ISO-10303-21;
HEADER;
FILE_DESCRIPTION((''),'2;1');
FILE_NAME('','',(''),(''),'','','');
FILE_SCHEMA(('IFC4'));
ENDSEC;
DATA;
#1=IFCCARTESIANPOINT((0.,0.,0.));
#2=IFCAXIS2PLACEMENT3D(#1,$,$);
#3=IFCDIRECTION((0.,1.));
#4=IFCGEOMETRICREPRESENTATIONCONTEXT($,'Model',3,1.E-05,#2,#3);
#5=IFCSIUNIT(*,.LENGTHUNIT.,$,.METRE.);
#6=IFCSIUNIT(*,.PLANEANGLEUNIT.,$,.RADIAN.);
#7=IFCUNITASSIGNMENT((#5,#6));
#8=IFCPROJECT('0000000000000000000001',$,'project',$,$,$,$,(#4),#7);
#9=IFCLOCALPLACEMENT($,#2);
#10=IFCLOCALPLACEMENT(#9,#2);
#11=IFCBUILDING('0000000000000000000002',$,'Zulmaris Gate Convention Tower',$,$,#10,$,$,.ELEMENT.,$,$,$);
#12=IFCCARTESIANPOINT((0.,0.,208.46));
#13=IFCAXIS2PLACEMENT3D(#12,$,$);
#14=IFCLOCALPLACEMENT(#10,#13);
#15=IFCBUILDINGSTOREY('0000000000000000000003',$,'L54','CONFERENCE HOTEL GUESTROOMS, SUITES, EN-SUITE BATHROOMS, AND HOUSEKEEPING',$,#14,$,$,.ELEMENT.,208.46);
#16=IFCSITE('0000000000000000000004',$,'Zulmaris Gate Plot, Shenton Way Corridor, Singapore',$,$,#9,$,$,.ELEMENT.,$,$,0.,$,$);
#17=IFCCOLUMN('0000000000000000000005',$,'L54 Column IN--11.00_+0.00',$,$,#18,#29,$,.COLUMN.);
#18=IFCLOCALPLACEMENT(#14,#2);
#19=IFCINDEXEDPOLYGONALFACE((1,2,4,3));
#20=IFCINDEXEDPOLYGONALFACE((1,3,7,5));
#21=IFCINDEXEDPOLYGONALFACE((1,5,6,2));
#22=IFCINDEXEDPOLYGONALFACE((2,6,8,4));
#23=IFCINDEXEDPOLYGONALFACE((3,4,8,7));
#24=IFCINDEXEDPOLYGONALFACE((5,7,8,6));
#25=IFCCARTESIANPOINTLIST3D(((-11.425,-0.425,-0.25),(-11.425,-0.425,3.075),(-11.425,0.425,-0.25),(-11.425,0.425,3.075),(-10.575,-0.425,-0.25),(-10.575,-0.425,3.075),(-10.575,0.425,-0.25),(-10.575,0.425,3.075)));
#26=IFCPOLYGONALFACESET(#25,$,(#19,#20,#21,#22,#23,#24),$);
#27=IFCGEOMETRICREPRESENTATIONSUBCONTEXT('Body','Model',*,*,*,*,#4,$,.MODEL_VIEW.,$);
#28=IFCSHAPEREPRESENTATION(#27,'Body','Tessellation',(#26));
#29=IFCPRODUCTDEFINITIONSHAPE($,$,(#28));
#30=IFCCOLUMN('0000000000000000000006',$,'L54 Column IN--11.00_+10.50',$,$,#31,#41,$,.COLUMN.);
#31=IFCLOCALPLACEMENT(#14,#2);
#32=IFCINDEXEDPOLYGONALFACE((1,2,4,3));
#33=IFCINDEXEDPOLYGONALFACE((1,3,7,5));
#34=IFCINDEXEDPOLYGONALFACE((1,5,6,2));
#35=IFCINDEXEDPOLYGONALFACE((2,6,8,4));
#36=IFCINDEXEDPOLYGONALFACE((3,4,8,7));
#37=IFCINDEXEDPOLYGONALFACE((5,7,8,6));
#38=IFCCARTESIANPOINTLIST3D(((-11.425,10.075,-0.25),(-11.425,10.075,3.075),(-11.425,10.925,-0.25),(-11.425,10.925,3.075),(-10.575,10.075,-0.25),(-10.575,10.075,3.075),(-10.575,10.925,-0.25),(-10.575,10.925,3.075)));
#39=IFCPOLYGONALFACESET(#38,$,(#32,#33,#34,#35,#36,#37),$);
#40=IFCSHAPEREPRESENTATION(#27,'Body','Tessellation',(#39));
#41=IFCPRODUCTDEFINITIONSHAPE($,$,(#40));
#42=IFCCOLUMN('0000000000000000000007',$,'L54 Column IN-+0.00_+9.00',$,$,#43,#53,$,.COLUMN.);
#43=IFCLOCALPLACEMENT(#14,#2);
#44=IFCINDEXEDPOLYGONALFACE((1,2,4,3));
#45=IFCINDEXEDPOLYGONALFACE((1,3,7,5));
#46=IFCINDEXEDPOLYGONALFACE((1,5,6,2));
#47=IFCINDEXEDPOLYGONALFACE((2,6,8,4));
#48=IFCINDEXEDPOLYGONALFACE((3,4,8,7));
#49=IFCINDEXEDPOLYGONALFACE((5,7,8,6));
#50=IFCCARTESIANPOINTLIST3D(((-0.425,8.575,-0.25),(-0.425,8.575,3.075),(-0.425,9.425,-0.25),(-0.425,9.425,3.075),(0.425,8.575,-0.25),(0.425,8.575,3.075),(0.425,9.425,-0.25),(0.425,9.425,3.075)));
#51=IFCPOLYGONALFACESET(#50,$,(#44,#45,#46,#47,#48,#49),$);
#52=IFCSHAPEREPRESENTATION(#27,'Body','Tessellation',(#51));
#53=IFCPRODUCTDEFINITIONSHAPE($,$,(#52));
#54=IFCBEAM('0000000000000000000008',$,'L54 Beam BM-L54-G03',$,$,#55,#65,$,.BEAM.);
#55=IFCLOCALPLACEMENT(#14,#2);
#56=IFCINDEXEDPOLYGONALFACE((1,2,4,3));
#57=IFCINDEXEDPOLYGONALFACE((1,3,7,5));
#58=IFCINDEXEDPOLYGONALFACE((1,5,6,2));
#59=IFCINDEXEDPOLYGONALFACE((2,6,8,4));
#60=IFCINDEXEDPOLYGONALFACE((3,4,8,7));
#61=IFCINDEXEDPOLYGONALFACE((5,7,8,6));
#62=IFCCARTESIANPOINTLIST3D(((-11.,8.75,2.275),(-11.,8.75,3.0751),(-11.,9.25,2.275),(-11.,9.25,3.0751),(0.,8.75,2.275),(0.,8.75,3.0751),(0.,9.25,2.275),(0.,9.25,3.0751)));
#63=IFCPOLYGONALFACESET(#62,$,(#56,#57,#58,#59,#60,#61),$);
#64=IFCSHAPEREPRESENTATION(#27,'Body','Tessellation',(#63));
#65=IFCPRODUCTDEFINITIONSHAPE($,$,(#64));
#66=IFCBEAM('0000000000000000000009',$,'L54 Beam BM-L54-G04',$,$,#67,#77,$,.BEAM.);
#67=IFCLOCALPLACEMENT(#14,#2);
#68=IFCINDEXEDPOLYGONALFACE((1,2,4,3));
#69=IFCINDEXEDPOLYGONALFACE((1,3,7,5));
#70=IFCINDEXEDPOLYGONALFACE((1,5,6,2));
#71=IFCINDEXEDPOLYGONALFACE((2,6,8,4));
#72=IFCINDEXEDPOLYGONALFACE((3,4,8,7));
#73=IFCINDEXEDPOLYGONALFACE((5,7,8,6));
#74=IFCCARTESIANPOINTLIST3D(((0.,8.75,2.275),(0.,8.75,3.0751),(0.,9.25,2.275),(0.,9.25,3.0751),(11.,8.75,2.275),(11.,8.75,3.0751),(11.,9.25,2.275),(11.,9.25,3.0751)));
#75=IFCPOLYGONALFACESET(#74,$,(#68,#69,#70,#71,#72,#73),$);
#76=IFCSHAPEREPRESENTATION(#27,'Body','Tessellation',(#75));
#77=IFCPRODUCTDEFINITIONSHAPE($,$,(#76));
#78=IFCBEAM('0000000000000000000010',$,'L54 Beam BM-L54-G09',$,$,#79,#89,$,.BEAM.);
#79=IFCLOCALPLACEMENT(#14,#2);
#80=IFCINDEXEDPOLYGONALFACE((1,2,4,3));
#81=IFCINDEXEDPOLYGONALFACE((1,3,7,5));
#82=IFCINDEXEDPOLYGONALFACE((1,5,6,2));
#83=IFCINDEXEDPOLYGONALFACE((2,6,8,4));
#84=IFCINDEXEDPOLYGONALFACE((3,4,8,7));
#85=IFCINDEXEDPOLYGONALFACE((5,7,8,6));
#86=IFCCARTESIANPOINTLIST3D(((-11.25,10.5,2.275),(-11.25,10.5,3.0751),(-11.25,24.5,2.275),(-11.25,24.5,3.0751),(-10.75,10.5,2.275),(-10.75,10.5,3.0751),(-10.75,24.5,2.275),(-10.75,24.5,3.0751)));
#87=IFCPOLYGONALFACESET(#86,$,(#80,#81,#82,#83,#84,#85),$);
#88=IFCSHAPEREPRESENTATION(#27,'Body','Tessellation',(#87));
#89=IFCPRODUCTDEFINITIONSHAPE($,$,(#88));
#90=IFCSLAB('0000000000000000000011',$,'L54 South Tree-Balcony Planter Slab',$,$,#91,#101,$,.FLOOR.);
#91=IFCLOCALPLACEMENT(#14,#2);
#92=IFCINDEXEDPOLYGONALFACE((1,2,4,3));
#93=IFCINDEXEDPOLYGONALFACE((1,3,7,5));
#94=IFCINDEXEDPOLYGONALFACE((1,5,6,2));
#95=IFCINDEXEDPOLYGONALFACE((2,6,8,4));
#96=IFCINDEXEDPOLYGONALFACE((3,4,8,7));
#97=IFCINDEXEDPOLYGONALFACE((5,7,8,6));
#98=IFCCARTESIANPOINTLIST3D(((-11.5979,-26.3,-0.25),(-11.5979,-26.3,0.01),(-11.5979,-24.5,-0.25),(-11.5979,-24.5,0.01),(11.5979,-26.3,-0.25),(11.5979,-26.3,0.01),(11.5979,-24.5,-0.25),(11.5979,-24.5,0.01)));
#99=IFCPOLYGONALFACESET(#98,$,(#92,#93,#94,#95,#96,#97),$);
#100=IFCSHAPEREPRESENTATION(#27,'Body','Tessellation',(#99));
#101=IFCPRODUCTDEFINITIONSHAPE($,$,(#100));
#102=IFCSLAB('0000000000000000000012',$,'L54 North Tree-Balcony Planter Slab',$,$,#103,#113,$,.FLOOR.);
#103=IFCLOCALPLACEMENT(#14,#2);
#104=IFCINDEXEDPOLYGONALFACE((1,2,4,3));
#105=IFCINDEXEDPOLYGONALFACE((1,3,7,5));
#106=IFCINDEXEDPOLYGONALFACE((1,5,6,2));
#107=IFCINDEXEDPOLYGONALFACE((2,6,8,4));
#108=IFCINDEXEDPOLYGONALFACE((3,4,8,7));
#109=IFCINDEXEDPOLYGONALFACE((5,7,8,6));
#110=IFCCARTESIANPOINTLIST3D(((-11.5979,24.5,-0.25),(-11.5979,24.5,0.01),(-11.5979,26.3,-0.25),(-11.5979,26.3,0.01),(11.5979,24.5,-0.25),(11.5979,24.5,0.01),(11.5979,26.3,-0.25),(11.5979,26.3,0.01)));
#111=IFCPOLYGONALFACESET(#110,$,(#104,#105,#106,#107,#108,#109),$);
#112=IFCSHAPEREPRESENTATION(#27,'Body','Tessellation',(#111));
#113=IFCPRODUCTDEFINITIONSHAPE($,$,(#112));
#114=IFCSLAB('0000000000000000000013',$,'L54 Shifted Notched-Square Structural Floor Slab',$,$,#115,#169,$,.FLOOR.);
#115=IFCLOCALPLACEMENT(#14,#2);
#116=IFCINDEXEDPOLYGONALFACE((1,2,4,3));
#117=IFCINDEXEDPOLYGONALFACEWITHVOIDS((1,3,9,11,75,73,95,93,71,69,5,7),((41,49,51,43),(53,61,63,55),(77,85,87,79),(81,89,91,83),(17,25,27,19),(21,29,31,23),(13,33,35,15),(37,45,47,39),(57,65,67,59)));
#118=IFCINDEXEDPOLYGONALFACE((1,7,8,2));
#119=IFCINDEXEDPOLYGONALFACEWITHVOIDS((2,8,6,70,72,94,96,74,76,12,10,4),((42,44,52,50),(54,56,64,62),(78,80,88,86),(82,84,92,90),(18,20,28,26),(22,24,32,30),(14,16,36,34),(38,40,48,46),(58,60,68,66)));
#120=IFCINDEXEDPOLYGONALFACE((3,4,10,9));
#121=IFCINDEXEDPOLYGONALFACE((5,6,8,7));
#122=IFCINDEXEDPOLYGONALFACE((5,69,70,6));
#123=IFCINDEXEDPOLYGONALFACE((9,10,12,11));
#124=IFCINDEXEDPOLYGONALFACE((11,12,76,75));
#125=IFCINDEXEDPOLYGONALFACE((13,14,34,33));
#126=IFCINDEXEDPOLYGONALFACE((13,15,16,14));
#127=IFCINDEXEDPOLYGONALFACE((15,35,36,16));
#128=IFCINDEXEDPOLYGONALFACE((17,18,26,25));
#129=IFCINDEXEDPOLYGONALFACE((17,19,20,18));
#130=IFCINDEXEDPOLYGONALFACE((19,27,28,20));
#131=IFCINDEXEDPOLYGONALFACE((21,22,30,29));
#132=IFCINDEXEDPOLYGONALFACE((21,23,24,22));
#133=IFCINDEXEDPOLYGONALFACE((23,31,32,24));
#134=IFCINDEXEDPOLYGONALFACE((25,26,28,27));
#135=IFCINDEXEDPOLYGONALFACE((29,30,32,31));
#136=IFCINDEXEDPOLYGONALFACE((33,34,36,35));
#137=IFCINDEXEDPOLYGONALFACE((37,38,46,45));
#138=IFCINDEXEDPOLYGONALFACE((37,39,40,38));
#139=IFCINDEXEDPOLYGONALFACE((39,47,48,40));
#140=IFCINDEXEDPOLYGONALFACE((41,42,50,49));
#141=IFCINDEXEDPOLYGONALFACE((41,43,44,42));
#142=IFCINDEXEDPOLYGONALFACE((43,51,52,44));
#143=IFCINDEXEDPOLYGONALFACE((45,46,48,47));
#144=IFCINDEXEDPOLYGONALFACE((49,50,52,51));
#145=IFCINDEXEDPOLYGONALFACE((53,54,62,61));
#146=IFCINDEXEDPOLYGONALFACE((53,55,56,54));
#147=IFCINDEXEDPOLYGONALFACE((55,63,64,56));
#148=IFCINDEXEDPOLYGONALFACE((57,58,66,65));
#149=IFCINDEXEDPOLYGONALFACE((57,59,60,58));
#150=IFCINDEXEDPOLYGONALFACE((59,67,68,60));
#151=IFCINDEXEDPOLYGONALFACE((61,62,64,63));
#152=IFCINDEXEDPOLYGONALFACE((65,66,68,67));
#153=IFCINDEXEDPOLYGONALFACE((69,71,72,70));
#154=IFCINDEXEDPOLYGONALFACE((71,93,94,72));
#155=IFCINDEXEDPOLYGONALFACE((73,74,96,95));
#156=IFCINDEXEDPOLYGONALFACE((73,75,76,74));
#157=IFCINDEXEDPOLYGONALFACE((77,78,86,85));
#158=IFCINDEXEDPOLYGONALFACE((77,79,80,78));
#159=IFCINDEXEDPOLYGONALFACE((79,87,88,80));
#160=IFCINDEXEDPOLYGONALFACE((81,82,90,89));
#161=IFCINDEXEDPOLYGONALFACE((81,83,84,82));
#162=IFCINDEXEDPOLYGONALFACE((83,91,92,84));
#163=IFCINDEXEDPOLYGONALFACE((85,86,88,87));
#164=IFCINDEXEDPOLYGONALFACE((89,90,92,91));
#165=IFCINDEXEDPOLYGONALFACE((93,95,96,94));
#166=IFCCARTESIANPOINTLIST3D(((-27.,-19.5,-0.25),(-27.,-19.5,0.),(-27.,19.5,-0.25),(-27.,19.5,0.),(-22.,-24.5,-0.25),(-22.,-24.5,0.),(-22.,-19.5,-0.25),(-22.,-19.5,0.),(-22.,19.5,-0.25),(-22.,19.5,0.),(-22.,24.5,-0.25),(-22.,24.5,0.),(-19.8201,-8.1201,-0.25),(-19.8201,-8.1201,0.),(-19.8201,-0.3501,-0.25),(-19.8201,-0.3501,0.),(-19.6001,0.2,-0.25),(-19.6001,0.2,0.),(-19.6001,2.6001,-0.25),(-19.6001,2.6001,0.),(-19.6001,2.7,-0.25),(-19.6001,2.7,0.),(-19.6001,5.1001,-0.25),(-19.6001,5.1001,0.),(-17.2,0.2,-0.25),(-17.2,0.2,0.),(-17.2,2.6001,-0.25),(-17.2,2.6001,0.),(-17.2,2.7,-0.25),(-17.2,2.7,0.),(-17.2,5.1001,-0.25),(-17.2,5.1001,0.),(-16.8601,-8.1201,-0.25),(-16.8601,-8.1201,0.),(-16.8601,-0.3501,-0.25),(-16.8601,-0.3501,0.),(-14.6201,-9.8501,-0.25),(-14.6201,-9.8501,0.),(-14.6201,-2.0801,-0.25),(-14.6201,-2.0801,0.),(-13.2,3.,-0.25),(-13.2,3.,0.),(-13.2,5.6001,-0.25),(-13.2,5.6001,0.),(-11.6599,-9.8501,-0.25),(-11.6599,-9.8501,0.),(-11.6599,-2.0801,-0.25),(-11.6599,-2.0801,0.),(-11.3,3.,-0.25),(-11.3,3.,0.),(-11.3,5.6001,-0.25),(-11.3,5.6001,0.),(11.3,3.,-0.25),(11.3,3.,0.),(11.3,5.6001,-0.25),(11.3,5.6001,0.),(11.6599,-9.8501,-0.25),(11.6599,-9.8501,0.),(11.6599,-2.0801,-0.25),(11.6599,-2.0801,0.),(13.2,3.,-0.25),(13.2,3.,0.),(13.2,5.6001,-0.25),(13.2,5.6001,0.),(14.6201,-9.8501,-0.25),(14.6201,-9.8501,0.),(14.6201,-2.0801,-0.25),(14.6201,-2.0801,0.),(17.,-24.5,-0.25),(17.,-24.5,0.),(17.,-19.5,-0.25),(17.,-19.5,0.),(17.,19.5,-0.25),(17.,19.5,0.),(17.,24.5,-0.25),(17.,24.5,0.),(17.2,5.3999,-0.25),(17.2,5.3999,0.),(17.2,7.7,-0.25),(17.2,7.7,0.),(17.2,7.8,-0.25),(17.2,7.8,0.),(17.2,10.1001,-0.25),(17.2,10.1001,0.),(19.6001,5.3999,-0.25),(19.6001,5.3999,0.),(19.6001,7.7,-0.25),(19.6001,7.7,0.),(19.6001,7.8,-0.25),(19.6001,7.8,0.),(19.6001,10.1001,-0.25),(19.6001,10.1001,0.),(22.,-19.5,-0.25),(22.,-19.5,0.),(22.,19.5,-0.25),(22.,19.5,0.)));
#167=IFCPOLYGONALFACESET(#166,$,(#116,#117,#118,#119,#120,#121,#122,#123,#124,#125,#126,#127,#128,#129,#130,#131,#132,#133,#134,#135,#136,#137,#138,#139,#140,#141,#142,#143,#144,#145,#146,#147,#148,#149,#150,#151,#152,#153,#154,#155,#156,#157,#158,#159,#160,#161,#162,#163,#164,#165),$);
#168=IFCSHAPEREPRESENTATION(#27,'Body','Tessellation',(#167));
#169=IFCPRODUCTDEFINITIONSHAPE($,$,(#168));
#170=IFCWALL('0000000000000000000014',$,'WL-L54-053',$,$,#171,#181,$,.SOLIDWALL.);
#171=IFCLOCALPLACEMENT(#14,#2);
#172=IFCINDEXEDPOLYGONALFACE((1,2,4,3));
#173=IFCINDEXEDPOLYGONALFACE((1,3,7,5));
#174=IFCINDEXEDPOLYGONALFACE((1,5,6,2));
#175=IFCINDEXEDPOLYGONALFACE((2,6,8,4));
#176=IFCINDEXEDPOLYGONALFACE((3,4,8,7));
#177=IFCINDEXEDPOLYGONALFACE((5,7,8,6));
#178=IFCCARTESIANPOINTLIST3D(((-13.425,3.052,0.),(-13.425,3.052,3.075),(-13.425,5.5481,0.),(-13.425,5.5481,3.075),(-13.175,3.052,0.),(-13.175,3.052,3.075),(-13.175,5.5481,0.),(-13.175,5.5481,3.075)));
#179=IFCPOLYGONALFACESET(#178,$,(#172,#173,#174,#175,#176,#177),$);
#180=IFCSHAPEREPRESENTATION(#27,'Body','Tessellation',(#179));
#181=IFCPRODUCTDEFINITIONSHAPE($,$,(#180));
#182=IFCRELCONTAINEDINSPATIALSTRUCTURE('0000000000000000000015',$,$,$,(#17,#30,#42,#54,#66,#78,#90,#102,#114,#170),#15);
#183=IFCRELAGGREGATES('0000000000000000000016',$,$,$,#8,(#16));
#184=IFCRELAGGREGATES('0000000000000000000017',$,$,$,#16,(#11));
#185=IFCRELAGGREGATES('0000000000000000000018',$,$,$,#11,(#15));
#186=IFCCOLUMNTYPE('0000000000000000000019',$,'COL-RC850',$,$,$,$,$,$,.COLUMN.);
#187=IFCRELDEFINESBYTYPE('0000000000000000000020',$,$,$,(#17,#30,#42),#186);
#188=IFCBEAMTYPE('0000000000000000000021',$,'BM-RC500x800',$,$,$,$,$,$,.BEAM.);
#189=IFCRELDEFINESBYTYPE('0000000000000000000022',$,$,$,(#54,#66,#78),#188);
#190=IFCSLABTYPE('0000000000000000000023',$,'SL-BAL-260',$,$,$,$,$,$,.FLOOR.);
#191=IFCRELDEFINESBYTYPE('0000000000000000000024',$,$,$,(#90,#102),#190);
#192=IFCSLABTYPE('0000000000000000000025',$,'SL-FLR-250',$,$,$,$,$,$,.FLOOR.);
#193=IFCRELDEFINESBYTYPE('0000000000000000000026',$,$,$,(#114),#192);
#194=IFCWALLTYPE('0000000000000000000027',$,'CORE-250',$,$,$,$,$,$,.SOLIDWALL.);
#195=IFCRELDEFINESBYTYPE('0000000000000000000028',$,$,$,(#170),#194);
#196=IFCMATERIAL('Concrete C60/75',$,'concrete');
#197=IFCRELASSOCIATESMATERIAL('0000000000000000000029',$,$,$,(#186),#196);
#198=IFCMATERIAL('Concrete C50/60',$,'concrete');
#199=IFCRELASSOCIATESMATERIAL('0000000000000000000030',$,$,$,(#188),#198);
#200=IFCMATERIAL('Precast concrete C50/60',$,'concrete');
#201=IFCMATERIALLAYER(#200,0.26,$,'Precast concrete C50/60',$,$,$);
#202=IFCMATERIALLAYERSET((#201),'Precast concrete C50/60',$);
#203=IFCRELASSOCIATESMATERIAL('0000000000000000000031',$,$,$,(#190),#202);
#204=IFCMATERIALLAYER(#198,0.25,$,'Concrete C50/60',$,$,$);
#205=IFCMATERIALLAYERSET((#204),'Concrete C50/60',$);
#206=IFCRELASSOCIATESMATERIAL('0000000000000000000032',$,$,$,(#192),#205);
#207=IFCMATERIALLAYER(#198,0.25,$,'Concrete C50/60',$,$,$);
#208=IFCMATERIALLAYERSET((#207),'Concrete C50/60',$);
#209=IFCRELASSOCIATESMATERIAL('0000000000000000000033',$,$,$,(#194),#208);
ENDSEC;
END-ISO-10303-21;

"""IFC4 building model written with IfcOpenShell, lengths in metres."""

from ifc_helpers import new_model, si_unit, direction, frame, frame_2d, origin, origin_2d, place, context, subcontext, project, spatial, polyline, rectangle, outline, extrude, material, layer, layer_set, material_profile, profile_set, type_object, element, save


model = new_model("IFC4")

# Units and contexts
model_context = context("Model", 3, precision=1e-05, world=origin(), true_north=direction((0.0, 1.0)))
body_context = subcontext(model_context, "Body", "Model", "MODEL_VIEW")
ifc_project = project(units=[si_unit("LENGTHUNIT", "METRE"), si_unit("PLANEANGLEUNIT", "RADIAN")], contexts=[model_context])

# Site, building, storey
site_placement = place(None, origin())
site = spatial("IfcSite", under=ifc_project, at=site_placement, Name="Zulmaris Gate Plot, Shenton Way Corridor, Singapore", CompositionType="ELEMENT", RefElevation=0.0)
building_placement = place(site_placement, origin())
building = spatial("IfcBuilding", under=site, at=building_placement, Name="Zulmaris Gate Convention Tower", CompositionType="ELEMENT")
storey_placement = place(building_placement, frame((0.0, 0.0, 208.46)))
storey = spatial("IfcBuildingStorey", under=building, at=storey_placement, Name="L54", Description="CONFERENCE HOTEL GUESTROOMS, SUITES, EN-SUITE BATHROOMS, AND HOUSEKEEPING", CompositionType="ELEMENT", Elevation=208.46)

# Columns
ifc_material_1 = material(Name="Concrete C60/75", Category="concrete")
ifc_material_profile_1 = material_profile(ifc_material_1, rectangle(XDim=0.8501, YDim=0.8501, at=origin_2d()), Name="RC COL 850x850")
ifc_profile_set_1 = profile_set([ifc_material_profile_1], Name="Concrete C60/75")
column_type = type_object("IfcColumnType", Name="COL-RC850", PredefinedType="COLUMN", material=ifc_profile_set_1)
for number, where, z_axis, x_axis, name in (
    (1, (-11.0, 0.0, -0.25), (0.0, 0.0, 1.0), (1.0, 0.0, 0.0), "L54 Column IN--11.00_+0.00"),
    (2, (-11.0, 10.5, -0.25), (0.0, 0.0, 1.0), (1.0, 0.0, 0.0), "L54 Column IN--11.00_+10.50"),
    (3, (0.0, 9.0, -0.25), (0.0, 0.0, 1.0), (1.0, 0.0, 0.0), "L54 Column IN-+0.00_+9.00"),
):
    element("IfcColumn", number, at=place(storey_placement, frame(where, z_axis=z_axis, x_axis=x_axis)), inside=storey, type_object=column_type, Name=name, PredefinedType="COLUMN", context=body_context, shape_type="SweptSolid", body=[
        extrude(rectangle(XDim=0.8501, YDim=0.8501, at=origin_2d()), origin(), (0.0, 0.0, 1.0), 3.325),
    ])

# Beams
ifc_material_2 = material(Name="Concrete C50/60", Category="concrete")
ifc_material_profile_2 = material_profile(ifc_material_2, rectangle(XDim=0.5, YDim=0.8, at=origin_2d()), Name="RC BEAM 500x800")
ifc_profile_set_2 = profile_set([ifc_material_profile_2], Name="Concrete C50/60")
beam_type = type_object("IfcBeamType", Name="BM-RC500x800", PredefinedType="BEAM", material=ifc_profile_set_2)
for number, where, z_axis, x_axis, name in (
    (4, (-11.0, 9.0, 2.675), (1.0, 0.0, 0.0), (0.0, 1.0, 0.0), "L54 Beam BM-L54-G03"),
    (5, (0.0, 9.0, 2.675), (1.0, 0.0, 0.0), (0.0, 1.0, 0.0), "L54 Beam BM-L54-G04"),
):
    element("IfcBeam", number, at=place(storey_placement, frame(where, z_axis=z_axis, x_axis=x_axis)), inside=storey, type_object=beam_type, Name=name, PredefinedType="BEAM", context=body_context, shape_type="SweptSolid", body=[
        extrude(rectangle(XDim=0.5, YDim=0.8, at=origin_2d()), origin(), (0.0, 0.0, 1.0), 11.0),
    ])
beam_placement = place(storey_placement, frame((-11.0, 10.5, 2.675), z_axis=(0.0, 1.0, 0.0), x_axis=(-1.0, 0.0, 0.0)))
element("IfcBeam", 6, at=beam_placement, inside=storey, type_object=beam_type, Name="L54 Beam BM-L54-G09", PredefinedType="BEAM", context=body_context, shape_type="SweptSolid", body=[
    extrude(rectangle(XDim=0.5, YDim=0.8, at=origin_2d()), origin(), (0.0, 0.0, 1.0), 14.0),
])

# Slabs
ifc_material_3 = material(Name="Precast concrete C50/60", Category="concrete")
ifc_layer_1 = layer(ifc_material_3, 0.26, Name="Precast concrete C50/60")
ifc_layer_set_1 = layer_set([ifc_layer_1], Name="Precast concrete C50/60")
slab_type_1 = type_object("IfcSlabType", Name="SL-BAL-260", PredefinedType="FLOOR", material=ifc_layer_set_1)
slab_1_placement = place(storey_placement, frame((0.0, 0.0, -0.25)))
element("IfcSlab", 7, at=slab_1_placement, inside=storey, type_object=slab_type_1, Name="L54 South Tree-Balcony Planter Slab", PredefinedType="FLOOR", context=body_context, shape_type="SweptSolid", body=[
    extrude(outline(polyline([(-11.5979, -26.3), (-11.5979, -24.5), (11.5979, -24.5), (11.5979, -26.3), (-11.5979, -26.3)])), origin(), (0.0, 0.0, 1.0), 0.26),
])
slab_2_placement = place(storey_placement, frame((0.0, 0.0, -0.25)))
element("IfcSlab", 8, at=slab_2_placement, inside=storey, type_object=slab_type_1, Name="L54 North Tree-Balcony Planter Slab", PredefinedType="FLOOR", context=body_context, shape_type="SweptSolid", body=[
    extrude(outline(polyline([(11.5979, 26.3), (11.5979, 24.5), (-11.5979, 24.5), (-11.5979, 26.3), (11.5979, 26.3)])), origin(), (0.0, 0.0, 1.0), 0.26),
])
ifc_layer_2 = layer(ifc_material_2, 0.25, Name="Concrete C50/60")
ifc_layer_set_2 = layer_set([ifc_layer_2], Name="Concrete C50/60")
slab_type_2 = type_object("IfcSlabType", Name="SL-FLR-250", PredefinedType="FLOOR", material=ifc_layer_set_2)
slab_3_placement = place(storey_placement, frame((0.0, 0.0, -0.25)))
element("IfcSlab", 9, at=slab_3_placement, inside=storey, type_object=slab_type_2, Name="L54 Shifted Notched-Square Structural Floor Slab", PredefinedType="FLOOR", context=body_context, shape_type="SweptSolid", body=[
    extrude(outline(polyline([(-22.0, -24.5), (17.0, -24.5), (17.0, -19.5), (22.0, -19.5), (22.0, 19.5), (17.0, 19.5), (17.0, 24.5), (-22.0, 24.5), (-22.0, 19.5), (-27.0, 19.5), (-27.0, -19.5), (-22.0, -19.5), (-22.0, -24.5)]), holes=[polyline([(-14.6201, -2.0801), (-14.6201, -9.8501), (-11.6599, -9.8501), (-11.6599, -2.0801), (-14.6201, -2.0801)]), polyline([(11.6599, -2.0801), (11.6599, -9.8501), (14.6201, -9.8501), (14.6201, -2.0801), (11.6599, -2.0801)]), polyline([(-16.8601, -8.1201), (-16.8601, -0.3501), (-19.8201, -0.3501), (-19.8201, -8.1201), (-16.8601, -8.1201)]), polyline([(-13.2, 3.0), (-11.3, 3.0), (-11.3, 5.6001), (-13.2, 5.6001), (-13.2, 3.0)]), polyline([(11.3, 3.0), (13.2, 3.0), (13.2, 5.6001), (11.3, 5.6001), (11.3, 3.0)]), polyline([(17.2, 5.3999), (19.6001, 5.3999), (19.6001, 7.7), (17.2, 7.7), (17.2, 5.3999)]), polyline([(17.2, 7.8), (19.6001, 7.8), (19.6001, 10.1001), (17.2, 10.1001), (17.2, 7.8)]), polyline([(-19.6001, 0.2), (-17.2, 0.2), (-17.2, 2.6001), (-19.6001, 2.6001), (-19.6001, 0.2)]), polyline([(-19.6001, 2.7), (-17.2, 2.7), (-17.2, 5.1001), (-19.6001, 5.1001), (-19.6001, 2.7)])]), origin(), (0.0, 0.0, 1.0), 0.25),
])

# Wall
ifc_layer_3 = layer(ifc_material_2, 0.25, Name="Concrete C50/60")
ifc_layer_set_3 = layer_set([ifc_layer_3], Name="Concrete C50/60")
wall_type_1 = type_object("IfcWallType", Name="CORE-250", PredefinedType="SOLIDWALL", material=ifc_layer_set_3)
wall_1_placement = place(storey_placement, frame((-13.3, 3.052, 0.0), z_axis=(0.0, 0.0, 1.0), x_axis=(0.0, 1.0, 0.0)))
element("IfcWall", 10, at=wall_1_placement, inside=storey, type_object=wall_type_1, Name="WL-L54-053", PredefinedType="SOLIDWALL", context=body_context, shape_type="SweptSolid", body=[
    extrude(rectangle(XDim=2.4961, YDim=0.25, at=frame_2d((1.248, 0.0))), origin(), (0.0, 0.0, 1.0), 3.075),
])

save(model, "model.ifc")
